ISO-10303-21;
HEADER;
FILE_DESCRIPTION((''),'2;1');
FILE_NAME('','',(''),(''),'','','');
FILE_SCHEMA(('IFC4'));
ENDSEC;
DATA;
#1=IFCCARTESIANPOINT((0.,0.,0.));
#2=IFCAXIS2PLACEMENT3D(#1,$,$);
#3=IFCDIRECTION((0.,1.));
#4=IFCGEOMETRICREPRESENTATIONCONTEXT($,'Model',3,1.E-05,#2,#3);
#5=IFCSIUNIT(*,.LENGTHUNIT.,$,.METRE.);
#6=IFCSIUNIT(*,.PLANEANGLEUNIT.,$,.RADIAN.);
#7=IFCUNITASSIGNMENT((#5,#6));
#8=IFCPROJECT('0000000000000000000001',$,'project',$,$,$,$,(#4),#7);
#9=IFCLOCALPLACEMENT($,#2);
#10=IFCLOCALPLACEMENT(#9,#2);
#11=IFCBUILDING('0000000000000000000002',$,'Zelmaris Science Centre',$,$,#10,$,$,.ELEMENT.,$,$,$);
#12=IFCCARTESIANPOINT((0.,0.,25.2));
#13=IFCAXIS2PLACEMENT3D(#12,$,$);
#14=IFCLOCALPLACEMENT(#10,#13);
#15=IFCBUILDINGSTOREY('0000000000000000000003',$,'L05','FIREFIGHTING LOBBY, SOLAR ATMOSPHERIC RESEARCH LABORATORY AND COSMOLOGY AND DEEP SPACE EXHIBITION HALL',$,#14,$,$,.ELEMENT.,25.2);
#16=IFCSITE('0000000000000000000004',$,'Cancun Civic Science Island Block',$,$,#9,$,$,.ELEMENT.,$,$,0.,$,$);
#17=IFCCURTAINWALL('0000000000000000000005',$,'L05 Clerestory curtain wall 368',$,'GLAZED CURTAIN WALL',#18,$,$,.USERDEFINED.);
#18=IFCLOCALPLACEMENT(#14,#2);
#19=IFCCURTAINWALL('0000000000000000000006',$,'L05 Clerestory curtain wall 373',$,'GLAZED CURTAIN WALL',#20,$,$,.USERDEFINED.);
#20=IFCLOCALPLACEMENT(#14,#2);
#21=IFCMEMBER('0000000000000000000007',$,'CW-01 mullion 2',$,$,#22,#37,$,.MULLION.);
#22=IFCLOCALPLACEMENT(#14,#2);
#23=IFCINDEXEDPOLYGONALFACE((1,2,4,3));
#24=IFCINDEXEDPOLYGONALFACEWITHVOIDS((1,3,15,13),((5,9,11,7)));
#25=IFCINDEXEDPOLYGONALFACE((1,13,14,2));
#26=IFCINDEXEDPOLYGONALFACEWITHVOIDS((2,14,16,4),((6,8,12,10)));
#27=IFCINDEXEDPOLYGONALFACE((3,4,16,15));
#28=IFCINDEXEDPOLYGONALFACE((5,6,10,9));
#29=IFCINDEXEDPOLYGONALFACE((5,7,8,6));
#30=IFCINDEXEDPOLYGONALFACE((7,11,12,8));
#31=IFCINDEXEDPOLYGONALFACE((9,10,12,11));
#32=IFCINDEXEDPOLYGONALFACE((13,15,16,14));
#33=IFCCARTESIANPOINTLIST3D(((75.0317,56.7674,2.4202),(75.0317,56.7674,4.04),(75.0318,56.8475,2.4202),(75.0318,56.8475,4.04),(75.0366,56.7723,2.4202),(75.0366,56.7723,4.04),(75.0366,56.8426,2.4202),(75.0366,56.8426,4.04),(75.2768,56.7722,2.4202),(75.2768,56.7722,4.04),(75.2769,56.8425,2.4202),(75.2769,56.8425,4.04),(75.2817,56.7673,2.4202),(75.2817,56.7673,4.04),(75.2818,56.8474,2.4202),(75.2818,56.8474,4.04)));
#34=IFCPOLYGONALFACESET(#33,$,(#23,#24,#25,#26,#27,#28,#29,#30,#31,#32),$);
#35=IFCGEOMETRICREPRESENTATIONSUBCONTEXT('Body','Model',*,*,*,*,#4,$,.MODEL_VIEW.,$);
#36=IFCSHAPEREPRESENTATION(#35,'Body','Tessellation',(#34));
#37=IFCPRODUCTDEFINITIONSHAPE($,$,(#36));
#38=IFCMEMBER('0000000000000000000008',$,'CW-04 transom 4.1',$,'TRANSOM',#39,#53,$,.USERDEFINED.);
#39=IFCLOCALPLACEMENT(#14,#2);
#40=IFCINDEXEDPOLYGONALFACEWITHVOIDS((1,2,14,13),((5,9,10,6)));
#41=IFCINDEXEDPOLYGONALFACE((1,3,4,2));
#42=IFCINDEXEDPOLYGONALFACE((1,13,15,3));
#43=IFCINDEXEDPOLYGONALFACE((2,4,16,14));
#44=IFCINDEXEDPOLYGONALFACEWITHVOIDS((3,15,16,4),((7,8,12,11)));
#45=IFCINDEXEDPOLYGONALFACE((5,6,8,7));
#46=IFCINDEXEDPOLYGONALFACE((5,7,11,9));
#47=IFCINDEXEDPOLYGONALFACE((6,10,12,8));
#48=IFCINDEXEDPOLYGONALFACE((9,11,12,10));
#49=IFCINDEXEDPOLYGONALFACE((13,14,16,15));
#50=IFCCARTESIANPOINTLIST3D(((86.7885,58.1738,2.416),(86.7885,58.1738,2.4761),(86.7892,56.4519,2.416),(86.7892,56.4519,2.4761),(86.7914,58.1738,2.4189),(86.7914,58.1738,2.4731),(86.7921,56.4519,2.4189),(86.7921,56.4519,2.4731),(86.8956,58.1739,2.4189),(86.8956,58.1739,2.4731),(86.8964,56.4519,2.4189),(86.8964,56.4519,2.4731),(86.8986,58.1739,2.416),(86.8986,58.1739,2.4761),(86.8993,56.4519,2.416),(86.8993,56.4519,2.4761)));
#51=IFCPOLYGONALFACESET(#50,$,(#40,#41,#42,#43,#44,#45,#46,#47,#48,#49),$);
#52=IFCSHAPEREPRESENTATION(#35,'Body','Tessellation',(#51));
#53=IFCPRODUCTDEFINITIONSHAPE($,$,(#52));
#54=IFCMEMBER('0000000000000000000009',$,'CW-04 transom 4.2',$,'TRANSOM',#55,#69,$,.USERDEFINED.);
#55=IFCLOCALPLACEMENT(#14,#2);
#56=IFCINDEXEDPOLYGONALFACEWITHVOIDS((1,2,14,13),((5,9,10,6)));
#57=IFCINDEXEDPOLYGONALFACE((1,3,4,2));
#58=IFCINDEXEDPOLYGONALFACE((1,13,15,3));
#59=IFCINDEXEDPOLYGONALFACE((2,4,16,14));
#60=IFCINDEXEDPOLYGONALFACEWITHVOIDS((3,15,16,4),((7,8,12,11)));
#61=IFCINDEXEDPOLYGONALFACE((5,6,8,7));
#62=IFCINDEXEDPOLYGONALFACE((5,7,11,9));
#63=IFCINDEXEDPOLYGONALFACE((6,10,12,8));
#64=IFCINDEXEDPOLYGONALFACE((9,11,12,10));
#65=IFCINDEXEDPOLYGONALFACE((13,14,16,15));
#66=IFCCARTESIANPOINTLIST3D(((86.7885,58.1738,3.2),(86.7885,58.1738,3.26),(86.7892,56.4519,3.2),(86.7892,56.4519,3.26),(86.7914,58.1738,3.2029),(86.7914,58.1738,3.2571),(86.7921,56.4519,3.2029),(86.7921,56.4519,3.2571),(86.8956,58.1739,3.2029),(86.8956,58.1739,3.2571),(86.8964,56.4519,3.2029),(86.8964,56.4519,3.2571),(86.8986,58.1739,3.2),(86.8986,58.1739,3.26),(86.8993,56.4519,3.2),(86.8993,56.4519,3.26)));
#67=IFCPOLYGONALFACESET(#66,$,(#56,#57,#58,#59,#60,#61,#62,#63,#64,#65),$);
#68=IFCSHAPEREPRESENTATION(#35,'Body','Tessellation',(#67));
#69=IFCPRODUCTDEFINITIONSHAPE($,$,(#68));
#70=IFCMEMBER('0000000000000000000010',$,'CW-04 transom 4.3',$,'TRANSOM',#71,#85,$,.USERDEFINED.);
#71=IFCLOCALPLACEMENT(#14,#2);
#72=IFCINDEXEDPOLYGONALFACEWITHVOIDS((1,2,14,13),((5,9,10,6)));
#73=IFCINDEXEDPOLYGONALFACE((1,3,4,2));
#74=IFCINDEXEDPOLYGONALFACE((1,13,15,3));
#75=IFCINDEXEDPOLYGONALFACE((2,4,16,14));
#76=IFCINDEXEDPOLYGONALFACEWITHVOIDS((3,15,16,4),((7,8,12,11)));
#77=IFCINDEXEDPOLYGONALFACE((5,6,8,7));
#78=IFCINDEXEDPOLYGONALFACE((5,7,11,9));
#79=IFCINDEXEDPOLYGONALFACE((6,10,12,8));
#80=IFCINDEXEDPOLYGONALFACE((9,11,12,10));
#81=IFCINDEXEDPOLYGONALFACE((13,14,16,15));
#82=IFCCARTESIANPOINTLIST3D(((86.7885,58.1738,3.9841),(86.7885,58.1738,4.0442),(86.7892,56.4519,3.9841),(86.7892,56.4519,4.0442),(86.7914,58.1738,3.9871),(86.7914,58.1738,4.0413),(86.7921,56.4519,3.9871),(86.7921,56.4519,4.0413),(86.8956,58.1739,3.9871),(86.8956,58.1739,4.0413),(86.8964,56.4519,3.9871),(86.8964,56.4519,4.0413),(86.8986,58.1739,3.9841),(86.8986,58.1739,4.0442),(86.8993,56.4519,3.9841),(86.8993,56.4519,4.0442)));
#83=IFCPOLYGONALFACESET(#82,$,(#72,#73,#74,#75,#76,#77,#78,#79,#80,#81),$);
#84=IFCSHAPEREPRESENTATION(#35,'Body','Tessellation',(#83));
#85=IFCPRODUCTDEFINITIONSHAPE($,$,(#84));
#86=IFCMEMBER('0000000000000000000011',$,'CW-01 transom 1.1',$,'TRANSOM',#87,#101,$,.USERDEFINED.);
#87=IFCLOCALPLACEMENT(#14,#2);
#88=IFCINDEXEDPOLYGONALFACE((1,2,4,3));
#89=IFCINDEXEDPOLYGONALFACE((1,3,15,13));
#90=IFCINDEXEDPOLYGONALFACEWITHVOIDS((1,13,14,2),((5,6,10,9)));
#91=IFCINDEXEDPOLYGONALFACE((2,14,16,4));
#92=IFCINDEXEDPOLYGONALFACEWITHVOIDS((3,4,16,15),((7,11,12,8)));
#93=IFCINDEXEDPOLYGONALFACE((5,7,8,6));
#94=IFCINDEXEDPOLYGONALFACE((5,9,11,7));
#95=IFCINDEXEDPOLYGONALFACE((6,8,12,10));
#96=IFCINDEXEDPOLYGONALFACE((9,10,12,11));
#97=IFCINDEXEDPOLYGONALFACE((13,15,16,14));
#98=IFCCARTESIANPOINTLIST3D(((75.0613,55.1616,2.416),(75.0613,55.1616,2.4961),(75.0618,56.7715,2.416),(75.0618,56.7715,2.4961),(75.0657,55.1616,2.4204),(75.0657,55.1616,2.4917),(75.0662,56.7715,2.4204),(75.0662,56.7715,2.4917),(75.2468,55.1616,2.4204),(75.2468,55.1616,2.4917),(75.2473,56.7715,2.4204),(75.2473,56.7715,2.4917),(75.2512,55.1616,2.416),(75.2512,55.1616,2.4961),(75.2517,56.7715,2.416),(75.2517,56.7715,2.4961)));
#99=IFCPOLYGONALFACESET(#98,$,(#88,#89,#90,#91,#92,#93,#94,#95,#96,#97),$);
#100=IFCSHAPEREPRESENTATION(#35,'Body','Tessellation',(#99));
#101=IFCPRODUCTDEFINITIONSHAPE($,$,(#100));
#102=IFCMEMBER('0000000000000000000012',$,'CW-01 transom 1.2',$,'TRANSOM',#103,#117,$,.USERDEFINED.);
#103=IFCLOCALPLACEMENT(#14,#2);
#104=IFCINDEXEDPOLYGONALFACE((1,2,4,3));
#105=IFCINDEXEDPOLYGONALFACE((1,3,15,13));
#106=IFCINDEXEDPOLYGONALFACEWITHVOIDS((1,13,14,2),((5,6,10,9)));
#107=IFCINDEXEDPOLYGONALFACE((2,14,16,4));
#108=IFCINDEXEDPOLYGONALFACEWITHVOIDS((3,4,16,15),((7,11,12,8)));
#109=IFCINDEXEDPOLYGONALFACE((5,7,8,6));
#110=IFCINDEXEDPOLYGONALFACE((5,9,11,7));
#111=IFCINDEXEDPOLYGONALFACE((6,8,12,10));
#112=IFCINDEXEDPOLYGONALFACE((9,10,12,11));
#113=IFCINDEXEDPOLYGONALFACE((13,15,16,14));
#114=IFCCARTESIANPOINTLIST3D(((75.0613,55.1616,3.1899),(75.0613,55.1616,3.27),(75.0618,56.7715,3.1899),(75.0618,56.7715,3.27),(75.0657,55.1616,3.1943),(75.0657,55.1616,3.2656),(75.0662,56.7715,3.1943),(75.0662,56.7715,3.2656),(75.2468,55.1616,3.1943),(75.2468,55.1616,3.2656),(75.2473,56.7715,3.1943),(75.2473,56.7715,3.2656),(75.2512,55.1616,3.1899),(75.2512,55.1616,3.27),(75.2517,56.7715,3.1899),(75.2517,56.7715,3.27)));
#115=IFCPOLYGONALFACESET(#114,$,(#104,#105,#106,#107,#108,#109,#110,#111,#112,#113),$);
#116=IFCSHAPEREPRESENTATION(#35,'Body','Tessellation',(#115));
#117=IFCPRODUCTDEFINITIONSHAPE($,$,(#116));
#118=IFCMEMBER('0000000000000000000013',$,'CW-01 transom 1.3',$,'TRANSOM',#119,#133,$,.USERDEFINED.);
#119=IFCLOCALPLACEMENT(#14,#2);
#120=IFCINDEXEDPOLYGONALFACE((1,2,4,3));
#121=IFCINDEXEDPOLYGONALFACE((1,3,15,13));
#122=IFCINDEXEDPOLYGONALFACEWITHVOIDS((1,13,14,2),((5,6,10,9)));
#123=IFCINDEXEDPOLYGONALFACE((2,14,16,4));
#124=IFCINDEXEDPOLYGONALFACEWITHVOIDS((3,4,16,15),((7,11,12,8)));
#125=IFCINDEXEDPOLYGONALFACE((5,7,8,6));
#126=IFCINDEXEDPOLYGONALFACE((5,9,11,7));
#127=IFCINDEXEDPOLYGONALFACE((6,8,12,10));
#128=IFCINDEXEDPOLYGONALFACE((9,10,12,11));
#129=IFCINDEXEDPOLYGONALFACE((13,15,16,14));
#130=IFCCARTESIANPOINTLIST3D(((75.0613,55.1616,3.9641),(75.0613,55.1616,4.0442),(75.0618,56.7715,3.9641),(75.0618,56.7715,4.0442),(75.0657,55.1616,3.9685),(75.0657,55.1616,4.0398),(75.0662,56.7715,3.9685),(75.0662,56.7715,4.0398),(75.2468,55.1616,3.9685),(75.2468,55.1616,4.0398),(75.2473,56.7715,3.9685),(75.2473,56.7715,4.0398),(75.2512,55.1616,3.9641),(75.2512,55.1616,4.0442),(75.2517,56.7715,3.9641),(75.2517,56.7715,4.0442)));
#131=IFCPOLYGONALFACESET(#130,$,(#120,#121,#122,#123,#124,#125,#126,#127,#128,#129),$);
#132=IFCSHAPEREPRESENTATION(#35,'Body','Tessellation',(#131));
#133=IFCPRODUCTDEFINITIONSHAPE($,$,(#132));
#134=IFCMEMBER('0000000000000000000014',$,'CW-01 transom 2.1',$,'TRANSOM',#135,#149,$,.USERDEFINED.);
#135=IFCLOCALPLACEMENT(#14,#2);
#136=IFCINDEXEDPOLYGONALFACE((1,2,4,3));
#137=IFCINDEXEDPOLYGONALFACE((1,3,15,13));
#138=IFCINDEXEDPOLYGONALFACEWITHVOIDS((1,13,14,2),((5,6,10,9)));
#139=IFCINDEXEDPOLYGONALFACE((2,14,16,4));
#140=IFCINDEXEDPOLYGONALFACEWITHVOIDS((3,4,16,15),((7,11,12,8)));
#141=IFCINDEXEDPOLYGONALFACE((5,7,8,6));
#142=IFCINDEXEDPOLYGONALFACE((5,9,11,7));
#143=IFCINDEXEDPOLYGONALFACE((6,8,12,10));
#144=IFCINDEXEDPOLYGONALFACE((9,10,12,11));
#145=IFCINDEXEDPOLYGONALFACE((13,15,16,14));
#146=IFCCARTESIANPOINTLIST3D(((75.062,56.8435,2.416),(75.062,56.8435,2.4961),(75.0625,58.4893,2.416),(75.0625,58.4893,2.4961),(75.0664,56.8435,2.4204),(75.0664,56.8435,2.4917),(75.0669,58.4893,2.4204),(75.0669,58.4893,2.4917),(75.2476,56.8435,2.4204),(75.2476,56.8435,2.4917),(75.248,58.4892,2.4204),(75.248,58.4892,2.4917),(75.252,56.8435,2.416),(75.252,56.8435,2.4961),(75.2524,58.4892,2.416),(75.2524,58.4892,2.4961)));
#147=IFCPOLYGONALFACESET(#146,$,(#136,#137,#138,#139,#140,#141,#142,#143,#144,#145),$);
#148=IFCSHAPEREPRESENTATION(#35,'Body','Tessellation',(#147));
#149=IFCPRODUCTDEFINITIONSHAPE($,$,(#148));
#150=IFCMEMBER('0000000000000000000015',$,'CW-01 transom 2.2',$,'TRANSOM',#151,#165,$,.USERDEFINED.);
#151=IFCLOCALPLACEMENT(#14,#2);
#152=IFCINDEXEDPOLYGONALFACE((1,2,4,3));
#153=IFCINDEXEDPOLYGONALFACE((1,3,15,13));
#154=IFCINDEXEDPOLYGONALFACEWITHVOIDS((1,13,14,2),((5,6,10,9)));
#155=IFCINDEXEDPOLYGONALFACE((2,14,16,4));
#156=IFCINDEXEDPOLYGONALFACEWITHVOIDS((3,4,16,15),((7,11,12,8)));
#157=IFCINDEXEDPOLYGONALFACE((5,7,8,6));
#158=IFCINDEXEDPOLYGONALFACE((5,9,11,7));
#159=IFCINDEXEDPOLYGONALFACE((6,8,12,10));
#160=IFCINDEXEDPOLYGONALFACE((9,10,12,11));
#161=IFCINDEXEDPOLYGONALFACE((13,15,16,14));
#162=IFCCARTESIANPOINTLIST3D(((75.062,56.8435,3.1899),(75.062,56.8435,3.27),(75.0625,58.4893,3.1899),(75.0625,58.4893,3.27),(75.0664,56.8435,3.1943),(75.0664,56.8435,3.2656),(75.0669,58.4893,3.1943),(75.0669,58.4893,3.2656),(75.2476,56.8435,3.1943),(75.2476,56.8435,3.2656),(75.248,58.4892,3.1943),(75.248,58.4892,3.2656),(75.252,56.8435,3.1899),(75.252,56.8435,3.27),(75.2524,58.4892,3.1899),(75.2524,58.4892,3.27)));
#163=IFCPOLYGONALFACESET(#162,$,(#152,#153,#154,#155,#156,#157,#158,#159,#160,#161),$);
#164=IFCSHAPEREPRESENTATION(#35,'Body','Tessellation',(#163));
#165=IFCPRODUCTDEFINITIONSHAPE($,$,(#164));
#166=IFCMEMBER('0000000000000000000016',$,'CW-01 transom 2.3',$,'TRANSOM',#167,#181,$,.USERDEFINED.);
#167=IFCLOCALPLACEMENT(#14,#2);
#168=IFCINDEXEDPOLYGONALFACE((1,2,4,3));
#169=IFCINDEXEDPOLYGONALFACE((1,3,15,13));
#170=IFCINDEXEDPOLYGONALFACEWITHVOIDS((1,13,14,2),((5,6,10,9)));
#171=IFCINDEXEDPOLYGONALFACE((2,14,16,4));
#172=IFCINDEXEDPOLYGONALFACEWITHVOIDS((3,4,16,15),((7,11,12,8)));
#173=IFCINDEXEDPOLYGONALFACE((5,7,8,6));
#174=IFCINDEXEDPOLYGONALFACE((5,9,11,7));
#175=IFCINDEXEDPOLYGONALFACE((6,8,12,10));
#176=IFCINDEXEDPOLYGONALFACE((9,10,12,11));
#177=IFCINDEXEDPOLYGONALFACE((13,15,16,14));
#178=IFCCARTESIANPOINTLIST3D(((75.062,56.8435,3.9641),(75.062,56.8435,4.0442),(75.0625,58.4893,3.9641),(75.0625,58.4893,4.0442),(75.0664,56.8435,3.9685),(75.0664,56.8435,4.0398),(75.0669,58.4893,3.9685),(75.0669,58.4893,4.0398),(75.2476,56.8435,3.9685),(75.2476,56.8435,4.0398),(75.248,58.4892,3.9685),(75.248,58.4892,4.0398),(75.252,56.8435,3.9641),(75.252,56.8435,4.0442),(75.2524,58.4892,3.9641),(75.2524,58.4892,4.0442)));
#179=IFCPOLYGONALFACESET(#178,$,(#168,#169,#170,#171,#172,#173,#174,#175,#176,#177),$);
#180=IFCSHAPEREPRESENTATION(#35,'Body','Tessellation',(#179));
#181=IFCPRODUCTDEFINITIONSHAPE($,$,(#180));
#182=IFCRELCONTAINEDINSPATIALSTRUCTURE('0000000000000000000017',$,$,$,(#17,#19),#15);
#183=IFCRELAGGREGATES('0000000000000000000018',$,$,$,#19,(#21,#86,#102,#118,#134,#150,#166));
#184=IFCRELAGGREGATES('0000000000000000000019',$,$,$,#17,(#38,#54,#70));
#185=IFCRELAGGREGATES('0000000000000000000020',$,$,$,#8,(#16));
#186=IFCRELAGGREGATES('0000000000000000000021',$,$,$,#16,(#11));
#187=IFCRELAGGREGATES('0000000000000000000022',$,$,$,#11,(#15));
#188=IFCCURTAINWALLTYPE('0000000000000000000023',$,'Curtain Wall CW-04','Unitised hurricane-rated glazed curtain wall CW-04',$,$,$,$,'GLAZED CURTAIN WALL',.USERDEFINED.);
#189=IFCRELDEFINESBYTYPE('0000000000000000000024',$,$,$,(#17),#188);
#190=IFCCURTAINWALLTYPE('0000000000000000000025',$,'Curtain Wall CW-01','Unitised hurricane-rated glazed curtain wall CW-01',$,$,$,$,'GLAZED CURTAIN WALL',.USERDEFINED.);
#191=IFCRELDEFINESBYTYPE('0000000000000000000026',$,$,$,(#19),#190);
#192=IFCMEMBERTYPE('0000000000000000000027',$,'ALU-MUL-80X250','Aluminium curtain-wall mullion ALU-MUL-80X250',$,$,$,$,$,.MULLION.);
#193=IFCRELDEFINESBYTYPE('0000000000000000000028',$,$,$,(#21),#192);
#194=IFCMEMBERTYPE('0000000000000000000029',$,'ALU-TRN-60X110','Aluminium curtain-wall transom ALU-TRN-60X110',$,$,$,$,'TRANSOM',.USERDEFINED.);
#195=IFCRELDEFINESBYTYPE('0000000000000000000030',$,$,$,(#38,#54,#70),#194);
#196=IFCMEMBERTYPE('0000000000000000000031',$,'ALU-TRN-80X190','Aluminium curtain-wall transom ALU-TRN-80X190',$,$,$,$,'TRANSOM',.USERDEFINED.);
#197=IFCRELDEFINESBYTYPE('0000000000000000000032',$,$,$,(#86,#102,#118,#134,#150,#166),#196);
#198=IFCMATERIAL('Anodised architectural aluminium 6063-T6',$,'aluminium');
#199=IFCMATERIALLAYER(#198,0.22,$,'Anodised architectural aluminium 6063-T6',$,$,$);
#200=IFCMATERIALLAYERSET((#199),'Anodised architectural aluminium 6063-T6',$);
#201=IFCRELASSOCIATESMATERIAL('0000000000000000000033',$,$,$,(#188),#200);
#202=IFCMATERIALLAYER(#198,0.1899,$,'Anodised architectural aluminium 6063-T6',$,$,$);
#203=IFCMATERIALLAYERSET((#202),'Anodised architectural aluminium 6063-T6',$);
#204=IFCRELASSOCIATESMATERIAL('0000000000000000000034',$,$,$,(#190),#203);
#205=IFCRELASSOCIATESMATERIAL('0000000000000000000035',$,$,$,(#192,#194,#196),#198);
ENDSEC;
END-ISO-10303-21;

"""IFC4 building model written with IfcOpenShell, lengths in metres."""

from ifc_helpers import new_model, si_unit, direction, frame, origin, origin_2d, place, context, subcontext, project, spatial, hollow_rectangle, extrude, material, layer, layer_set, material_profile, profile_set, type_object, element, aggregate, save


model = new_model("IFC4")

# Units and contexts
model_context = context("Model", 3, precision=1e-05, world=origin(), true_north=direction((0.0, 1.0)))
body_context = subcontext(model_context, "Body", "Model", "MODEL_VIEW")
ifc_project = project(units=[si_unit("LENGTHUNIT", "METRE"), si_unit("PLANEANGLEUNIT", "RADIAN")], contexts=[model_context])

# Site, building, storey
site_placement = place(None, origin())
site = spatial("IfcSite", under=ifc_project, at=site_placement, Name="Cancun Civic Science Island Block", CompositionType="ELEMENT", RefElevation=0.0)
building_placement = place(site_placement, origin())
building = spatial("IfcBuilding", under=site, at=building_placement, Name="Zelmaris Science Centre", CompositionType="ELEMENT")
storey_placement = place(building_placement, frame((0.0, 0.0, 25.2)))
storey = spatial("IfcBuildingStorey", under=building, at=storey_placement, Name="L05", Description="FIREFIGHTING LOBBY, SOLAR ATMOSPHERIC RESEARCH LABORATORY AND COSMOLOGY AND DEEP SPACE EXHIBITION HALL", CompositionType="ELEMENT", Elevation=25.2)

# Curtain walls, member
ifc_material_1 = material(Name="Anodised architectural aluminium 6063-T6", Category="aluminium")
ifc_layer_1 = layer(ifc_material_1, 0.22, Name="Anodised architectural aluminium 6063-T6")
ifc_layer_set_1 = layer_set([ifc_layer_1], Name="Anodised architectural aluminium 6063-T6")
curtain_wall_type_1 = type_object("IfcCurtainWallType", Name="Curtain Wall CW-04", Description="Unitised hurricane-rated glazed curtain wall CW-04", ElementType="GLAZED CURTAIN WALL", PredefinedType="USERDEFINED", material=ifc_layer_set_1)
curtain_wall_1_placement = place(storey_placement, origin())
curtain_wall_1 = element("IfcCurtainWall", 1, at=curtain_wall_1_placement, inside=storey, type_object=curtain_wall_type_1, Name="L05 Clerestory curtain wall 368", ObjectType="GLAZED CURTAIN WALL", PredefinedType="USERDEFINED")
ifc_layer_2 = layer(ifc_material_1, 0.1899, Name="Anodised architectural aluminium 6063-T6")
ifc_layer_set_2 = layer_set([ifc_layer_2], Name="Anodised architectural aluminium 6063-T6")
curtain_wall_type_2 = type_object("IfcCurtainWallType", Name="Curtain Wall CW-01", Description="Unitised hurricane-rated glazed curtain wall CW-01", ElementType="GLAZED CURTAIN WALL", PredefinedType="USERDEFINED", material=ifc_layer_set_2)
curtain_wall_2_placement = place(storey_placement, origin())
curtain_wall_2 = element("IfcCurtainWall", 2, at=curtain_wall_2_placement, inside=storey, type_object=curtain_wall_type_2, Name="L05 Clerestory curtain wall 373", ObjectType="GLAZED CURTAIN WALL", PredefinedType="USERDEFINED")
ifc_material_profile_1 = material_profile(ifc_material_1, hollow_rectangle(XDim=0.0801, YDim=0.25, WallThickness=0.0049, at=origin_2d()), Name="ALU-MUL-80X250")
ifc_profile_set_1 = profile_set([ifc_material_profile_1], Name="Anodised architectural aluminium 6063-T6")
member_type_1 = type_object("IfcMemberType", Name="ALU-MUL-80X250", Description="Aluminium curtain-wall mullion ALU-MUL-80X250", PredefinedType="MULLION", material=ifc_profile_set_1)
member_1_placement = place(storey_placement, frame((75.1567, 56.8074, 2.4202), z_axis=(0.0, 0.0, 1.0), x_axis=(0.000379, 1.0, 0.0)))
member_1 = element("IfcMember", 3, at=member_1_placement, type_object=member_type_1, Name="CW-01 mullion 2", PredefinedType="MULLION", context=body_context, shape_type="SweptSolid", body=[
    extrude(hollow_rectangle(XDim=0.0801, YDim=0.25, WallThickness=0.0049, at=origin_2d()), origin(), (0.0, 0.0, 1.0), 1.6199),
])

# Members
ifc_material_profile_2 = material_profile(ifc_material_1, hollow_rectangle(XDim=0.0601, YDim=0.1101, WallThickness=0.0029, at=origin_2d()), Name="ALU-TRN-60X110")
ifc_profile_set_2 = profile_set([ifc_material_profile_2], Name="Anodised architectural aluminium 6063-T6")
member_type_2 = type_object("IfcMemberType", Name="ALU-TRN-60X110", Description="Aluminium curtain-wall transom ALU-TRN-60X110", ElementType="TRANSOM", PredefinedType="USERDEFINED", material=ifc_profile_set_2)
member_2_placement = place(storey_placement, frame((86.8435, 58.1738, 2.446), z_axis=(0.000425, -1.0, 0.0), x_axis=(0.0, 0.0, 1.0)))
member_2 = element("IfcMember", 4, at=member_2_placement, type_object=member_type_2, Name="CW-04 transom 4.1", ObjectType="TRANSOM", PredefinedType="USERDEFINED", context=body_context, shape_type="SweptSolid", body=[
    extrude(hollow_rectangle(XDim=0.0601, YDim=0.1101, WallThickness=0.0029, at=origin_2d()), origin(), (0.0, 0.0, 1.0), 1.7219),
])
member_3_placement = place(storey_placement, frame((86.8435, 58.1738, 3.23), z_axis=(0.000425, -1.0, 0.0), x_axis=(0.0, 0.0, 1.0)))
member_3 = element("IfcMember", 5, at=member_3_placement, type_object=member_type_2, Name="CW-04 transom 4.2", ObjectType="TRANSOM", PredefinedType="USERDEFINED", context=body_context, shape_type="SweptSolid", body=[
    extrude(hollow_rectangle(XDim=0.0601, YDim=0.1101, WallThickness=0.0029, at=origin_2d()), origin(), (0.0, 0.0, 1.0), 1.7219),
])
member_4_placement = place(storey_placement, frame((86.8435, 58.1738, 4.0142), z_axis=(0.000425, -1.0, 0.0), x_axis=(0.0, 0.0, 1.0)))
member_4 = element("IfcMember", 6, at=member_4_placement, type_object=member_type_2, Name="CW-04 transom 4.3", ObjectType="TRANSOM", PredefinedType="USERDEFINED", context=body_context, shape_type="SweptSolid", body=[
    extrude(hollow_rectangle(XDim=0.0601, YDim=0.1101, WallThickness=0.0029, at=origin_2d()), origin(), (0.0, 0.0, 1.0), 1.7219),
])
ifc_material_profile_3 = material_profile(ifc_material_1, hollow_rectangle(XDim=0.0801, YDim=0.1899, WallThickness=0.0044, at=origin_2d()), Name="ALU-TRN-80X190")
ifc_profile_set_3 = profile_set([ifc_material_profile_3], Name="Anodised architectural aluminium 6063-T6")
member_type_3 = type_object("IfcMemberType", Name="ALU-TRN-80X190", Description="Aluminium curtain-wall transom ALU-TRN-80X190", ElementType="TRANSOM", PredefinedType="USERDEFINED", material=ifc_profile_set_3)
member_5_placement = place(storey_placement, frame((75.1562, 55.1616, 2.4561), z_axis=(0.000303, 1.0, 0.0), x_axis=(0.0, 0.0, 1.0)))
member_5 = element("IfcMember", 7, at=member_5_placement, type_object=member_type_3, Name="CW-01 transom 1.1", ObjectType="TRANSOM", PredefinedType="USERDEFINED", context=body_context, shape_type="SweptSolid", body=[
    extrude(hollow_rectangle(XDim=0.0801, YDim=0.1899, WallThickness=0.0044, at=origin_2d()), origin(), (0.0, 0.0, 1.0), 1.6099),
])
member_6_placement = place(storey_placement, frame((75.1562, 55.1616, 3.23), z_axis=(0.000303, 1.0, 0.0), x_axis=(0.0, 0.0, 1.0)))
member_6 = element("IfcMember", 8, at=member_6_placement, type_object=member_type_3, Name="CW-01 transom 1.2", ObjectType="TRANSOM", PredefinedType="USERDEFINED", context=body_context, shape_type="SweptSolid", body=[
    extrude(hollow_rectangle(XDim=0.0801, YDim=0.1899, WallThickness=0.0044, at=origin_2d()), origin(), (0.0, 0.0, 1.0), 1.6099),
])
member_7_placement = place(storey_placement, frame((75.1562, 55.1616, 4.0042), z_axis=(0.000303, 1.0, 0.0), x_axis=(0.0, 0.0, 1.0)))
member_7 = element("IfcMember", 9, at=member_7_placement, type_object=member_type_3, Name="CW-01 transom 1.3", ObjectType="TRANSOM", PredefinedType="USERDEFINED", context=body_context, shape_type="SweptSolid", body=[
    extrude(hollow_rectangle(XDim=0.0801, YDim=0.1899, WallThickness=0.0044, at=origin_2d()), origin(), (0.0, 0.0, 1.0), 1.6099),
])
member_8_placement = place(storey_placement, frame((75.157, 56.8435, 2.4561), z_axis=(0.000297, 1.0, 0.0), x_axis=(0.0, 0.0, 1.0)))
member_8 = element("IfcMember", 10, at=member_8_placement, type_object=member_type_3, Name="CW-01 transom 2.1", ObjectType="TRANSOM", PredefinedType="USERDEFINED", context=body_context, shape_type="SweptSolid", body=[
    extrude(hollow_rectangle(XDim=0.0801, YDim=0.1899, WallThickness=0.0044, at=origin_2d()), origin(), (0.0, 0.0, 1.0), 1.6458),
])
member_9_placement = place(storey_placement, frame((75.157, 56.8435, 3.23), z_axis=(0.000297, 1.0, 0.0), x_axis=(0.0, 0.0, 1.0)))
member_9 = element("IfcMember", 11, at=member_9_placement, type_object=member_type_3, Name="CW-01 transom 2.2", ObjectType="TRANSOM", PredefinedType="USERDEFINED", context=body_context, shape_type="SweptSolid", body=[
    extrude(hollow_rectangle(XDim=0.0801, YDim=0.1899, WallThickness=0.0044, at=origin_2d()), origin(), (0.0, 0.0, 1.0), 1.6458),
])
member_10_placement = place(storey_placement, frame((75.157, 56.8435, 4.0042), z_axis=(0.000297, 1.0, 0.0), x_axis=(0.0, 0.0, 1.0)))
member_10 = element("IfcMember", 12, at=member_10_placement, type_object=member_type_3, Name="CW-01 transom 2.3", ObjectType="TRANSOM", PredefinedType="USERDEFINED", context=body_context, shape_type="SweptSolid", body=[
    extrude(hollow_rectangle(XDim=0.0801, YDim=0.1899, WallThickness=0.0044, at=origin_2d()), origin(), (0.0, 0.0, 1.0), 1.6458),
])

aggregate(curtain_wall_2, [member_1, member_5, member_6, member_7, member_8, member_9, member_10])
aggregate(curtain_wall_1, [member_2, member_3, member_4])

save(model, "model.ifc")
